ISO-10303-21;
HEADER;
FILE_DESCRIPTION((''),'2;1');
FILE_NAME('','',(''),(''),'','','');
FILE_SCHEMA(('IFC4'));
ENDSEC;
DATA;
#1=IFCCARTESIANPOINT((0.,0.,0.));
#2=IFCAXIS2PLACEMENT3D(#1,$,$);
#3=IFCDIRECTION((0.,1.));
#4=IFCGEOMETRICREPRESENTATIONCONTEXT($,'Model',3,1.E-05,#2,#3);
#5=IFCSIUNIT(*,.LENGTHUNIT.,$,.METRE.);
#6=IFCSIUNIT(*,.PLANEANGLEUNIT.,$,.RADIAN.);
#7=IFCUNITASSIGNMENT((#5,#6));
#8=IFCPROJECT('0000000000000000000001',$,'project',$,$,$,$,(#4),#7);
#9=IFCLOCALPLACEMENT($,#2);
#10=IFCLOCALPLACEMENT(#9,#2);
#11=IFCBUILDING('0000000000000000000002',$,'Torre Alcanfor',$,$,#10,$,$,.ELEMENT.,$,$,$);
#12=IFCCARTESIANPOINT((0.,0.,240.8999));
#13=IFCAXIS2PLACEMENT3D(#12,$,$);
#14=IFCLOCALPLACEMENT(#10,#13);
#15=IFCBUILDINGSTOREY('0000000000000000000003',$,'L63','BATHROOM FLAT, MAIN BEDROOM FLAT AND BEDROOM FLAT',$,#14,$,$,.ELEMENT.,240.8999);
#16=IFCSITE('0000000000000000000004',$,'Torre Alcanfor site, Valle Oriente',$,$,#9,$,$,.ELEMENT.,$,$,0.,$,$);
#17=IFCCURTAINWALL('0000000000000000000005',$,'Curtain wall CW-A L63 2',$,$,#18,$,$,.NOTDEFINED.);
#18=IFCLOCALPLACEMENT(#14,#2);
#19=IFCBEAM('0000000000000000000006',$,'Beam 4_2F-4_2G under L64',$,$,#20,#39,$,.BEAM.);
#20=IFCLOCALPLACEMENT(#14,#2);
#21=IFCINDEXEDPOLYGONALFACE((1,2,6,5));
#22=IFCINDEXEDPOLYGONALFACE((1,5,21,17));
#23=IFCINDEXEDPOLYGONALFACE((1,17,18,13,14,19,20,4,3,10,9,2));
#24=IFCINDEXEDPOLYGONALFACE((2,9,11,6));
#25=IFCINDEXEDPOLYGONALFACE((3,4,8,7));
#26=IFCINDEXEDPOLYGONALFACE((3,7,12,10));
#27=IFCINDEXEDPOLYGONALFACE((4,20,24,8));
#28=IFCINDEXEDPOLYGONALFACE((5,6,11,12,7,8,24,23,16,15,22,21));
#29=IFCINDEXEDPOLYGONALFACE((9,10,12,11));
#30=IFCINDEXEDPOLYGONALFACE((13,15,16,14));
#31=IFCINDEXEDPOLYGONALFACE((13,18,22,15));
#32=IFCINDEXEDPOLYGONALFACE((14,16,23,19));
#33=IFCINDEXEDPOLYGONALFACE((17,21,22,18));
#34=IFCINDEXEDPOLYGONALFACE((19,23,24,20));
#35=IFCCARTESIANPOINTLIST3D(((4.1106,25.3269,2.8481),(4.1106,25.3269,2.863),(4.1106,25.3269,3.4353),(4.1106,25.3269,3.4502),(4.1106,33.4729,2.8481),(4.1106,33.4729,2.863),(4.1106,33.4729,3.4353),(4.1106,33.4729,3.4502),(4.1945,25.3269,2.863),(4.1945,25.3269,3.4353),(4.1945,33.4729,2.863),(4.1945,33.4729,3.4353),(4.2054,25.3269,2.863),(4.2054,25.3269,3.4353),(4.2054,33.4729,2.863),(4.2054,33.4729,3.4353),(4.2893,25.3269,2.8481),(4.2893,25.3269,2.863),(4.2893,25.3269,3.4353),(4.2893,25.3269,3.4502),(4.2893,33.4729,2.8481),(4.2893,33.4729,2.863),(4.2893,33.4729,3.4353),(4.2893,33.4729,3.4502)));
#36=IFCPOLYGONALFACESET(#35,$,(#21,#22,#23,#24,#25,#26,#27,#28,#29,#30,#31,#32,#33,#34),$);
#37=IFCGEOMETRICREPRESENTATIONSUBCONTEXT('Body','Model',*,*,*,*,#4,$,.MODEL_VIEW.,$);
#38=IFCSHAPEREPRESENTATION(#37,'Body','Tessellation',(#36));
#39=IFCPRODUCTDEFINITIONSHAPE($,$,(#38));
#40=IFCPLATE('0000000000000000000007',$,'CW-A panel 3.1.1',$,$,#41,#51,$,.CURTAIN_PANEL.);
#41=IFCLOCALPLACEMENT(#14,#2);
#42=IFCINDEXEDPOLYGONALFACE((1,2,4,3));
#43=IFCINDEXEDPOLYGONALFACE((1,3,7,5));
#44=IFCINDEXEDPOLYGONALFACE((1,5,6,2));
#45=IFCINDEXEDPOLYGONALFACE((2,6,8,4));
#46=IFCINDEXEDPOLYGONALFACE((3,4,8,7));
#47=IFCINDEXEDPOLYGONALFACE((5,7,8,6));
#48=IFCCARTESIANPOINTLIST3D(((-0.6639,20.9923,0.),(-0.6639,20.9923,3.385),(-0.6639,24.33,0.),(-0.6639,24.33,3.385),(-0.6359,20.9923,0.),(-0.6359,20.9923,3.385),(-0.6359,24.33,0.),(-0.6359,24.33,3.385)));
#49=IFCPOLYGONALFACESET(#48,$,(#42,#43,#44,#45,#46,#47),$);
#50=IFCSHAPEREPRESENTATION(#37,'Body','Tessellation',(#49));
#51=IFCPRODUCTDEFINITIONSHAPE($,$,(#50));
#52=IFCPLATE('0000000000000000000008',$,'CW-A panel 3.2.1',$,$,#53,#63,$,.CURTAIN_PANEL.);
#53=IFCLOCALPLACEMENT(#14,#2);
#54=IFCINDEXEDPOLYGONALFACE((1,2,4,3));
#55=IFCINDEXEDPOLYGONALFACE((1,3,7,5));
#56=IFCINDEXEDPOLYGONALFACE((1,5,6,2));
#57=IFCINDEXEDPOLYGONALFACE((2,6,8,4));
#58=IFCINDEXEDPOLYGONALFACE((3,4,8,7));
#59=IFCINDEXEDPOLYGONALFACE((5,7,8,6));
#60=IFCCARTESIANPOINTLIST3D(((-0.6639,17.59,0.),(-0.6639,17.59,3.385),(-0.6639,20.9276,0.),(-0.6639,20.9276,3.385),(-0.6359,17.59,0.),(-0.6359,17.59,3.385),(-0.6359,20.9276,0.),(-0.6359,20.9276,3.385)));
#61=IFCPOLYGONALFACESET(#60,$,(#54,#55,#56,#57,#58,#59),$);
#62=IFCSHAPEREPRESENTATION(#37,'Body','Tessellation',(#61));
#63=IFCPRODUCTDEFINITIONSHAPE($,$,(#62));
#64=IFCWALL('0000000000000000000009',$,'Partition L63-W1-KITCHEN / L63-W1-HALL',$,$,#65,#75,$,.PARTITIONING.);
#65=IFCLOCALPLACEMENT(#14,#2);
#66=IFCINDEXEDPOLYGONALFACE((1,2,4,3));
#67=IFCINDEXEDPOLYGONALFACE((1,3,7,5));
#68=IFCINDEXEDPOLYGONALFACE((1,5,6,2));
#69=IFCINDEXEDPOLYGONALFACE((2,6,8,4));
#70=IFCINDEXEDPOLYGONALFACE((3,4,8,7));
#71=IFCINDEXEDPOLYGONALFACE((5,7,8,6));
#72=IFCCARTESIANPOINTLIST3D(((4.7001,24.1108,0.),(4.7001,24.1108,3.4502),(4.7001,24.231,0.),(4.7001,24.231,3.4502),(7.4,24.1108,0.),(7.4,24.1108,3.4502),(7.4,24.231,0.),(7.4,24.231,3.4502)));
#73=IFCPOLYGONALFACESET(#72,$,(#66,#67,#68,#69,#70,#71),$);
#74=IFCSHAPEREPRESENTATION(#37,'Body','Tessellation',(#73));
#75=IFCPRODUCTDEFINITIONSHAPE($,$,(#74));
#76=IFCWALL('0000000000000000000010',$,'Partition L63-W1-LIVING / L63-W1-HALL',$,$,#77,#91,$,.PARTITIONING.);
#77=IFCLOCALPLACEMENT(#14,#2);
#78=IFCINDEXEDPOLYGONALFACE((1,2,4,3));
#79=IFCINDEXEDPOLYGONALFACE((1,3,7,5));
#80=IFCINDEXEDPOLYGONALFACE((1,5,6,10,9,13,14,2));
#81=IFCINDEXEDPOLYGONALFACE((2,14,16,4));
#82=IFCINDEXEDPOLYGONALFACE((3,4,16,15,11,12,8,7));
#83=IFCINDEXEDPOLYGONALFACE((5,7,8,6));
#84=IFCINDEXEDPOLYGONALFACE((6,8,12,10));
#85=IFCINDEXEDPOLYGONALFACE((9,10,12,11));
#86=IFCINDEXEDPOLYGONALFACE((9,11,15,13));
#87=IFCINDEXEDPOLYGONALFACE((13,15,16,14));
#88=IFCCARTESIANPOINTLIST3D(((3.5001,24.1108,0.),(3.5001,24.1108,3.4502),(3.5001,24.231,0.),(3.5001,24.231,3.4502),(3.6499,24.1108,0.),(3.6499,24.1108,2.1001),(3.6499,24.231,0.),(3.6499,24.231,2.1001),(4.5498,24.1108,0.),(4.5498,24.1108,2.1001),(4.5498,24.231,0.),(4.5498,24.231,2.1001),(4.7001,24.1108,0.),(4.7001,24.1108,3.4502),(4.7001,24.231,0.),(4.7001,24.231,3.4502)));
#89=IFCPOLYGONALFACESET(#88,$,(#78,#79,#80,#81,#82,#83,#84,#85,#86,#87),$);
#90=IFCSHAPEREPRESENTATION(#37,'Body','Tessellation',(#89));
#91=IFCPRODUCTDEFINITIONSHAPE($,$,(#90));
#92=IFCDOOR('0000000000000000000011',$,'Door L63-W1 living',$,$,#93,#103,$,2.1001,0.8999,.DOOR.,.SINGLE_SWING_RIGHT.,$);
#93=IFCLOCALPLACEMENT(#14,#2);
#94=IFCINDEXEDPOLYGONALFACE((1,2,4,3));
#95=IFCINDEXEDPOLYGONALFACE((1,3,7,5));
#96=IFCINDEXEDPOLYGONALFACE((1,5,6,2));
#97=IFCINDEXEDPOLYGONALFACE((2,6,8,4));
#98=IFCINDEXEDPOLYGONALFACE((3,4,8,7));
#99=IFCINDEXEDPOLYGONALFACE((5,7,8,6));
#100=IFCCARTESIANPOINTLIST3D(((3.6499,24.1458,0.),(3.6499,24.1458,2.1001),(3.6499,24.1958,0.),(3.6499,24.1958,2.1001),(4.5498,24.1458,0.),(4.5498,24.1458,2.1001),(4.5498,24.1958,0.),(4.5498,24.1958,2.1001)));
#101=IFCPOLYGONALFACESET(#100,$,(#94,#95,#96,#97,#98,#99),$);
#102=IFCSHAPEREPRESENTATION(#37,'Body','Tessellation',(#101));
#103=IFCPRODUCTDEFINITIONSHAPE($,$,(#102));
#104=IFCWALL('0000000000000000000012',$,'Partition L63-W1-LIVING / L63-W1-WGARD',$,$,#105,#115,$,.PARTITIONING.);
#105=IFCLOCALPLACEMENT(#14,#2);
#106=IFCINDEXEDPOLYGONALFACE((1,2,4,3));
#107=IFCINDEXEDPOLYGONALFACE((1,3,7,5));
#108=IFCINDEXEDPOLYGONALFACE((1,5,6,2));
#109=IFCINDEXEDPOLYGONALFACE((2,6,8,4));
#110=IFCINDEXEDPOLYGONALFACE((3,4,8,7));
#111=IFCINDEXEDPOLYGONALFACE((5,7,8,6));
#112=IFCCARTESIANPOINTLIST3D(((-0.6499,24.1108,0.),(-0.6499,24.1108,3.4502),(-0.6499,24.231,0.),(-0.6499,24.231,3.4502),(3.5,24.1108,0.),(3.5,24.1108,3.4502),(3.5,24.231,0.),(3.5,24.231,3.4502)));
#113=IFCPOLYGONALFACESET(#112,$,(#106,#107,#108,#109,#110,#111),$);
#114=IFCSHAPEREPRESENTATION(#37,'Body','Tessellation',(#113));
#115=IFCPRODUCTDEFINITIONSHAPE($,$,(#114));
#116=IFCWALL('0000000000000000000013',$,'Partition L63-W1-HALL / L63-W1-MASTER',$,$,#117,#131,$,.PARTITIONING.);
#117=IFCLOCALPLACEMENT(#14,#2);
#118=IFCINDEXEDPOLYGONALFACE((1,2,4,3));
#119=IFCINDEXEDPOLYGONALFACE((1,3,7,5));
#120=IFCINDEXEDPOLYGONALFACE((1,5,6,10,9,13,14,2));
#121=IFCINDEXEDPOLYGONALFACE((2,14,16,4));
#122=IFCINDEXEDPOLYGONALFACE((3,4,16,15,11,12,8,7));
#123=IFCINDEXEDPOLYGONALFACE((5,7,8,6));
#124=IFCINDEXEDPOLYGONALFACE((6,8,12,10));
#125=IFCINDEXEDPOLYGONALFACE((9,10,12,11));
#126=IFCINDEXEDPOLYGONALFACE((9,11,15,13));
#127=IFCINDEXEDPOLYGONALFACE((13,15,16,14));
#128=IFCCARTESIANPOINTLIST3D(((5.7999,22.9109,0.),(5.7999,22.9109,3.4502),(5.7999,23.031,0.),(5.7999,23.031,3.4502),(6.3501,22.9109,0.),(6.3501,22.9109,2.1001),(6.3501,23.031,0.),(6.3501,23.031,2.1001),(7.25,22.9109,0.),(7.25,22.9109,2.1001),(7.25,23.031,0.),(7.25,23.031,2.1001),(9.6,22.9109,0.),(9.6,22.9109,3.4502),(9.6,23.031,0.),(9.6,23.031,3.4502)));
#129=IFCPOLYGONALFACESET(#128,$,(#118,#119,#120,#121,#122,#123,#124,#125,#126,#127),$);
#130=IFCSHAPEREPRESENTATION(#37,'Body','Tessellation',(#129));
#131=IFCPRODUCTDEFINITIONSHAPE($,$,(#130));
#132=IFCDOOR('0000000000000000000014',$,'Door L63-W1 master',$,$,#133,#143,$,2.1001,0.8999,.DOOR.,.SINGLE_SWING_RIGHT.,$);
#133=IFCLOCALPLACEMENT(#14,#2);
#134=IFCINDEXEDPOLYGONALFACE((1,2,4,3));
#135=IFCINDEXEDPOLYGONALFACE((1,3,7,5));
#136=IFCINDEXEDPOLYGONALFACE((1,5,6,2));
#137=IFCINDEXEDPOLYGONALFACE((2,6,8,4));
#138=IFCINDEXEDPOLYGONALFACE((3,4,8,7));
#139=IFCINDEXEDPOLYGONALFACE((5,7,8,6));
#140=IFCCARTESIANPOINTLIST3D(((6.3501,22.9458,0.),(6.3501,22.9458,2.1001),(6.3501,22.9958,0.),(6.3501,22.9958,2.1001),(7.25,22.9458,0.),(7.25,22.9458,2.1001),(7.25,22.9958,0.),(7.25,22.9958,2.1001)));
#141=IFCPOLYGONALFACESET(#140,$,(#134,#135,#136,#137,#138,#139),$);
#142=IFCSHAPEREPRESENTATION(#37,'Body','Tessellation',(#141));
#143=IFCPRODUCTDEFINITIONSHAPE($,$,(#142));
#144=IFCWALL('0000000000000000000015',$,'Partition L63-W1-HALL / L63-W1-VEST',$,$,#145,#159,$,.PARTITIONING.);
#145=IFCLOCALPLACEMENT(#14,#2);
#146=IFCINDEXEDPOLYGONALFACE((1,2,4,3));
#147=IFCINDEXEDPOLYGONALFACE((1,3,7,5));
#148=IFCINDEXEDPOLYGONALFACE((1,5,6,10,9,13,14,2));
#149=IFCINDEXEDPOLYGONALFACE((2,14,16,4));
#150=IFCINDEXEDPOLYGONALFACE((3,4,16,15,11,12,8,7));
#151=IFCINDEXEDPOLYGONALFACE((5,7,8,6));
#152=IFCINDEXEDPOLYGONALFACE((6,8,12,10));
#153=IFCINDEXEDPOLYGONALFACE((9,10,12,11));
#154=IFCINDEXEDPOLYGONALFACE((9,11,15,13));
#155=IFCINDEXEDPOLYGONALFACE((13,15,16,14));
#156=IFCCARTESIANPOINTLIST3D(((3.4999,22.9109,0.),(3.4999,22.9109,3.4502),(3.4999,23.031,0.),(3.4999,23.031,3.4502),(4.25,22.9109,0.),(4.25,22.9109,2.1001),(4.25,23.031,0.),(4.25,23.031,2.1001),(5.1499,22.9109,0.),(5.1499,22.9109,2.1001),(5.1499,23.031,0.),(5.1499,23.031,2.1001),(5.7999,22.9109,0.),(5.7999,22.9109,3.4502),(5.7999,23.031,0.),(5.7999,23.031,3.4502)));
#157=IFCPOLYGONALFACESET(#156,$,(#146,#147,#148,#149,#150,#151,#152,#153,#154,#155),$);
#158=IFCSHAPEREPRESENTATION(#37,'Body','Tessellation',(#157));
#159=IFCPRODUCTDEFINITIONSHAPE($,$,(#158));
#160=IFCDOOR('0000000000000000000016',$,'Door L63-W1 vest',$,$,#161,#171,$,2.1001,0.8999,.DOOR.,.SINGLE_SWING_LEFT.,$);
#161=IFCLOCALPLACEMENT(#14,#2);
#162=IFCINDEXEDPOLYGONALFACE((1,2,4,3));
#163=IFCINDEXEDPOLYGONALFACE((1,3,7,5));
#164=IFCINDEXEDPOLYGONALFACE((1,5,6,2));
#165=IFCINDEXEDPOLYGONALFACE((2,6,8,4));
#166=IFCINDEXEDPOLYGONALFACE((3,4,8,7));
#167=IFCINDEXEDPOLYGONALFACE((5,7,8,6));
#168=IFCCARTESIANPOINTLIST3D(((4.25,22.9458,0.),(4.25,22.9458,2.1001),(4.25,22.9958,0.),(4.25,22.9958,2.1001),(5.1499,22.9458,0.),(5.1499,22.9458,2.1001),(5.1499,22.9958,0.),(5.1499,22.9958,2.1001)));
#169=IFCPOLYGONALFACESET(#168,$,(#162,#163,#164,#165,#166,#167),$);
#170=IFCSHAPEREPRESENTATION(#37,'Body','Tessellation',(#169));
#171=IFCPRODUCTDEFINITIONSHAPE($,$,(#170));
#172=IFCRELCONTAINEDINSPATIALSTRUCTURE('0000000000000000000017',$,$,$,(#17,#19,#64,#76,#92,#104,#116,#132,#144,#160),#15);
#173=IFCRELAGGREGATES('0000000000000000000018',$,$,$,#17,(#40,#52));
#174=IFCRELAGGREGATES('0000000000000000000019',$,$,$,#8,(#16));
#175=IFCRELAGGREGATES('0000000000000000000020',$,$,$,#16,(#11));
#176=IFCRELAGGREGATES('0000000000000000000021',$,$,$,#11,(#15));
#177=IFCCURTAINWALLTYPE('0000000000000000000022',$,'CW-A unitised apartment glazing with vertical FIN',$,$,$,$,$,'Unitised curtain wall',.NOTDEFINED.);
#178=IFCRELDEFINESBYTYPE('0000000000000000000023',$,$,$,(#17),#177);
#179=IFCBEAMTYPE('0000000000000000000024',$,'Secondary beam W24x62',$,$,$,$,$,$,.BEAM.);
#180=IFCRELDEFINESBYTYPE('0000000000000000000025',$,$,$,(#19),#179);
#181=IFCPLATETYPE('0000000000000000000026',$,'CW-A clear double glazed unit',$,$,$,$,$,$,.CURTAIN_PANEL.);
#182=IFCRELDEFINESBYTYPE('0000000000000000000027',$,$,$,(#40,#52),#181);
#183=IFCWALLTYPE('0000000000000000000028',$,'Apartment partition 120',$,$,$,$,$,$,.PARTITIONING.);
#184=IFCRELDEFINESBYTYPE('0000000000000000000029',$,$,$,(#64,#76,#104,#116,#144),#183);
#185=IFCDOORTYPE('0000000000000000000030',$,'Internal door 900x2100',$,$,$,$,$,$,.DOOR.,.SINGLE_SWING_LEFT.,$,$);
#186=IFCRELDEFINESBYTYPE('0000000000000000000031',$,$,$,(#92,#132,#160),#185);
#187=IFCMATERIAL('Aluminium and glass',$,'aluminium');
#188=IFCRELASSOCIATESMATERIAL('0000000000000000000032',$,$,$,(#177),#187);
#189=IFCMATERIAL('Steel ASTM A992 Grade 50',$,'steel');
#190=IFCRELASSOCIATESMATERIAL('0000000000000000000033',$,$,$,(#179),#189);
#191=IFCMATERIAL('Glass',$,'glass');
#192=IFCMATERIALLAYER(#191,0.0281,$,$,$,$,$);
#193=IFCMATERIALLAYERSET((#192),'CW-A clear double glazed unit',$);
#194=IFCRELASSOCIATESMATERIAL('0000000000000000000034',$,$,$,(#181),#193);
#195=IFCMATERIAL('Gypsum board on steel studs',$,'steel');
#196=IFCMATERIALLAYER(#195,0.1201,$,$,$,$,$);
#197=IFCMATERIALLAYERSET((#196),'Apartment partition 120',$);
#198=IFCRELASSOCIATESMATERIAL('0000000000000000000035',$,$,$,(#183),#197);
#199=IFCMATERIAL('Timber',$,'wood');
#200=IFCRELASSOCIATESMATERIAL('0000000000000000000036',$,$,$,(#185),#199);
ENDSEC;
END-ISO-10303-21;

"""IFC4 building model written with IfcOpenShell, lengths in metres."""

from ifc_helpers import new_model, si_unit, direction, frame, frame_2d, origin, origin_2d, place, context, subcontext, project, spatial, rectangle, i_section, extrude, material, layer, layer_set, material_profile, profile_set, type_object, element, fill, aggregate, save


model = new_model("IFC4")

# Units and contexts
model_context = context("Model", 3, precision=1e-05, world=origin(), true_north=direction((0.0, 1.0)))
body_context = subcontext(model_context, "Body", "Model", "MODEL_VIEW")
ifc_project = project(units=[si_unit("LENGTHUNIT", "METRE"), si_unit("PLANEANGLEUNIT", "RADIAN")], contexts=[model_context])

# Site, building, storey
site_placement = place(None, origin())
site = spatial("IfcSite", under=ifc_project, at=site_placement, Name="Torre Alcanfor site, Valle Oriente", CompositionType="ELEMENT", RefElevation=0.0)
building_placement = place(site_placement, origin())
building = spatial("IfcBuilding", under=site, at=building_placement, Name="Torre Alcanfor", CompositionType="ELEMENT")
storey_placement = place(building_placement, frame((0.0, 0.0, 240.8999)))
storey = spatial("IfcBuildingStorey", under=building, at=storey_placement, Name="L63", Description="BATHROOM FLAT, MAIN BEDROOM FLAT AND BEDROOM FLAT", CompositionType="ELEMENT", Elevation=240.8999)

# Curtain wall
ifc_material_1 = material(Name="Aluminium and glass", Category="aluminium")
curtain_wall_type = type_object("IfcCurtainWallType", Name="CW-A unitised apartment glazing with vertical FIN", ElementType="Unitised curtain wall", PredefinedType="NOTDEFINED", material=ifc_material_1)
curtain_wall_placement = place(storey_placement, origin())
curtain_wall = element("IfcCurtainWall", 1, at=curtain_wall_placement, inside=storey, type_object=curtain_wall_type, Name="Curtain wall CW-A L63 2", PredefinedType="NOTDEFINED")

# Beam
ifc_material_2 = material(Name="Steel ASTM A992 Grade 50", Category="steel")
ifc_material_profile_1 = material_profile(ifc_material_2, i_section(OverallWidth=0.1787, OverallDepth=0.6021, WebThickness=0.011, FlangeThickness=0.0149, at=origin_2d()), Name="W24x62")
ifc_profile_set_1 = profile_set([ifc_material_profile_1], Name="Steel ASTM A992 Grade 50")
beam_type_1 = type_object("IfcBeamType", Name="Secondary beam W24x62", PredefinedType="BEAM", material=ifc_profile_set_1)
beam_1_placement = place(storey_placement, frame((4.2, 25.3269, 3.1492), z_axis=(0.0, 1.0, 0.0), x_axis=(-1.0, 0.0, 0.0)))
element("IfcBeam", 2, at=beam_1_placement, inside=storey, type_object=beam_type_1, Name="Beam 4_2F-4_2G under L64", PredefinedType="BEAM", context=body_context, shape_type="SweptSolid", body=[
    extrude(i_section(OverallWidth=0.1787, OverallDepth=0.6021, WebThickness=0.011, FlangeThickness=0.0149, at=origin_2d()), origin(), (0.0, 0.0, 1.0), 8.146),
])

# Plates
ifc_material_3 = material(Name="Glass", Category="glass")
ifc_layer_1 = layer(ifc_material_3, 0.0281)
ifc_layer_set_1 = layer_set([ifc_layer_1], Name="CW-A clear double glazed unit")
plate_type = type_object("IfcPlateType", Name="CW-A clear double glazed unit", PredefinedType="CURTAIN_PANEL", material=ifc_layer_set_1)
plate_1_placement = place(storey_placement, frame((-0.6499, 22.6611, 0.0), z_axis=(0.0, 0.0, 1.0), x_axis=(0.0, -1.0, 0.0)))
plate_1 = element("IfcPlate", 3, at=plate_1_placement, type_object=plate_type, Name="CW-A panel 3.1.1", PredefinedType="CURTAIN_PANEL", context=body_context, shape_type="SweptSolid", body=[
    extrude(rectangle(XDim=3.3376, YDim=0.0281, at=origin_2d()), origin(), (0.0, 0.0, 1.0), 3.385),
])
plate_2_placement = place(storey_placement, frame((-0.6499, 19.2588, 0.0), z_axis=(0.0, 0.0, 1.0), x_axis=(0.0, -1.0, 0.0)))
plate_2 = element("IfcPlate", 4, at=plate_2_placement, type_object=plate_type, Name="CW-A panel 3.2.1", PredefinedType="CURTAIN_PANEL", context=body_context, shape_type="SweptSolid", body=[
    extrude(rectangle(XDim=3.3376, YDim=0.0281, at=origin_2d()), origin(), (0.0, 0.0, 1.0), 3.385),
])
aggregate(curtain_wall, [plate_1, plate_2])

# Wall
ifc_material_4 = material(Name="Gypsum board on steel studs", Category="steel")
ifc_layer_2 = layer(ifc_material_4, 0.1201)
ifc_layer_set_2 = layer_set([ifc_layer_2], Name="Apartment partition 120")
wall_type_1 = type_object("IfcWallType", Name="Apartment partition 120", PredefinedType="PARTITIONING", material=ifc_layer_set_2)
wall_1_placement = place(storey_placement, frame((4.7, 24.1709, 0.0), z_axis=(0.0, 0.0, 1.0), x_axis=(1.0, 0.0, 0.0)))
element("IfcWall", 5, at=wall_1_placement, inside=storey, type_object=wall_type_1, Name="Partition L63-W1-KITCHEN / L63-W1-HALL", PredefinedType="PARTITIONING", context=body_context, shape_type="SweptSolid", body=[
    extrude(rectangle(XDim=2.7, YDim=0.1201, at=frame_2d((1.3501, 0.0))), origin(), (0.0, 0.0, 1.0), 3.4502),
])

# Wall, opening, door
wall_2_placement = place(storey_placement, frame((3.5, 24.1709, 0.0), z_axis=(0.0, 0.0, 1.0), x_axis=(1.0, 0.0, 0.0)))
wall_2 = element("IfcWall", 6, at=wall_2_placement, inside=storey, type_object=wall_type_1, Name="Partition L63-W1-LIVING / L63-W1-HALL", PredefinedType="PARTITIONING", context=body_context, shape_type="SweptSolid", body=[
    extrude(rectangle(XDim=1.2, YDim=0.1201, at=frame_2d((0.6001, 0.0))), origin(), (0.0, 0.0, 1.0), 3.4502),
])
opening_1_placement = place(wall_2_placement, frame((0.1499, 0.0, 0.0)))
opening_1 = element("IfcOpeningElement", 7, at=opening_1_placement, cuts=wall_2, PredefinedType="OPENING", context=body_context, shape_type="SweptSolid", body=[
    extrude(rectangle(XDim=0.8999, YDim=2.1001, at=frame_2d((0.45, 1.05))), frame((0.0, 0.0701, 0.0), z_axis=(0.0, -1.0, 0.0), x_axis=(1.0, 0.0, 0.0)), (0.0, 0.0, 1.0), 0.1401),
])
ifc_material_5 = material(Name="Timber", Category="wood")
door_type = type_object("IfcDoorType", Name="Internal door 900x2100", OperationType="SINGLE_SWING_LEFT", PredefinedType="DOOR", material=ifc_material_5)
door_1_placement = place(opening_1_placement, origin())
door_1 = element("IfcDoor", 8, at=door_1_placement, inside=storey, type_object=door_type, Name="Door L63-W1 living", OperationType="SINGLE_SWING_RIGHT", OverallHeight=2.1001, OverallWidth=0.8999, PredefinedType="DOOR", context=body_context, shape_type="SweptSolid", body=[
    extrude(rectangle(XDim=0.8999, YDim=2.1001, at=frame_2d((0.45, 1.05))), frame((0.0, 0.0249, 0.0), z_axis=(0.0, -1.0, 0.0), x_axis=(1.0, 0.0, 0.0)), (0.0, 0.0, 1.0), 0.05),
])
fill(opening_1, door_1)

# Wall
wall_3_placement = place(storey_placement, frame((-0.6499, 24.1709, 0.0), z_axis=(0.0, 0.0, 1.0), x_axis=(1.0, 0.0, 0.0)))
element("IfcWall", 9, at=wall_3_placement, inside=storey, type_object=wall_type_1, Name="Partition L63-W1-LIVING / L63-W1-WGARD", PredefinedType="PARTITIONING", context=body_context, shape_type="SweptSolid", body=[
    extrude(rectangle(XDim=4.1499, YDim=0.1201, at=frame_2d((2.075, 0.0))), origin(), (0.0, 0.0, 1.0), 3.4502),
])

# Walls, openings, doors
wall_4_placement = place(storey_placement, frame((5.8, 22.9709, 0.0), z_axis=(0.0, 0.0, 1.0), x_axis=(1.0, 0.0, 0.0)))
wall_4 = element("IfcWall", 10, at=wall_4_placement, inside=storey, type_object=wall_type_1, Name="Partition L63-W1-HALL / L63-W1-MASTER", PredefinedType="PARTITIONING", context=body_context, shape_type="SweptSolid", body=[
    extrude(rectangle(XDim=3.8, YDim=0.1201, at=frame_2d((1.8999, 0.0))), origin(), (0.0, 0.0, 1.0), 3.4502),
])
opening_2_placement = place(wall_4_placement, frame((0.55, 0.0, 0.0)))
opening_2 = element("IfcOpeningElement", 11, at=opening_2_placement, cuts=wall_4, PredefinedType="OPENING", context=body_context, shape_type="SweptSolid", body=[
    extrude(rectangle(XDim=0.8999, YDim=2.1001, at=frame_2d((0.45, 1.05))), frame((0.0, 0.0701, 0.0), z_axis=(0.0, -1.0, 0.0), x_axis=(1.0, 0.0, 0.0)), (0.0, 0.0, 1.0), 0.1401),
])
door_2_placement = place(opening_2_placement, frame((0.8999, 0.0, 0.0), z_axis=(0.0, 0.0, 1.0), x_axis=(-1.0, 0.0, 0.0)))
door_2 = element("IfcDoor", 12, at=door_2_placement, inside=storey, type_object=door_type, Name="Door L63-W1 master", OperationType="SINGLE_SWING_RIGHT", OverallHeight=2.1001, OverallWidth=0.8999, PredefinedType="DOOR", context=body_context, shape_type="SweptSolid", body=[
    extrude(rectangle(XDim=0.8999, YDim=2.1001, at=frame_2d((0.45, 1.05))), frame((0.0, 0.0251, 0.0), z_axis=(0.0, -1.0, 0.0), x_axis=(1.0, 0.0, 0.0)), (0.0, 0.0, 1.0), 0.05),
])
fill(opening_2, door_2)
wall_5_placement = place(storey_placement, frame((3.5, 22.9709, 0.0), z_axis=(0.0, 0.0, 1.0), x_axis=(1.0, 0.0, 0.0)))
wall_5 = element("IfcWall", 13, at=wall_5_placement, inside=storey, type_object=wall_type_1, Name="Partition L63-W1-HALL / L63-W1-VEST", PredefinedType="PARTITIONING", context=body_context, shape_type="SweptSolid", body=[
    extrude(rectangle(XDim=2.3, YDim=0.1201, at=frame_2d((1.1499, 0.0))), origin(), (0.0, 0.0, 1.0), 3.4502),
])
opening_3_placement = place(wall_5_placement, frame((0.75, 0.0, 0.0)))
opening_3 = element("IfcOpeningElement", 14, at=opening_3_placement, cuts=wall_5, PredefinedType="OPENING", context=body_context, shape_type="SweptSolid", body=[
    extrude(rectangle(XDim=0.8999, YDim=2.1001, at=frame_2d((0.45, 1.05))), frame((0.0, 0.0701, 0.0), z_axis=(0.0, -1.0, 0.0), x_axis=(1.0, 0.0, 0.0)), (0.0, 0.0, 1.0), 0.1401),
])
door_3_placement = place(opening_3_placement, frame((0.8999, 0.0, 0.0), z_axis=(0.0, 0.0, 1.0), x_axis=(-1.0, 0.0, 0.0)))
door_3 = element("IfcDoor", 15, at=door_3_placement, inside=storey, type_object=door_type, Name="Door L63-W1 vest", OperationType="SINGLE_SWING_LEFT", OverallHeight=2.1001, OverallWidth=0.8999, PredefinedType="DOOR", context=body_context, shape_type="SweptSolid", body=[
    extrude(rectangle(XDim=0.8999, YDim=2.1001, at=frame_2d((0.45, 1.05))), frame((0.0, 0.0251, 0.0), z_axis=(0.0, -1.0, 0.0), x_axis=(1.0, 0.0, 0.0)), (0.0, 0.0, 1.0), 0.05),
])
fill(opening_3, door_3)

save(model, "model.ifc")
